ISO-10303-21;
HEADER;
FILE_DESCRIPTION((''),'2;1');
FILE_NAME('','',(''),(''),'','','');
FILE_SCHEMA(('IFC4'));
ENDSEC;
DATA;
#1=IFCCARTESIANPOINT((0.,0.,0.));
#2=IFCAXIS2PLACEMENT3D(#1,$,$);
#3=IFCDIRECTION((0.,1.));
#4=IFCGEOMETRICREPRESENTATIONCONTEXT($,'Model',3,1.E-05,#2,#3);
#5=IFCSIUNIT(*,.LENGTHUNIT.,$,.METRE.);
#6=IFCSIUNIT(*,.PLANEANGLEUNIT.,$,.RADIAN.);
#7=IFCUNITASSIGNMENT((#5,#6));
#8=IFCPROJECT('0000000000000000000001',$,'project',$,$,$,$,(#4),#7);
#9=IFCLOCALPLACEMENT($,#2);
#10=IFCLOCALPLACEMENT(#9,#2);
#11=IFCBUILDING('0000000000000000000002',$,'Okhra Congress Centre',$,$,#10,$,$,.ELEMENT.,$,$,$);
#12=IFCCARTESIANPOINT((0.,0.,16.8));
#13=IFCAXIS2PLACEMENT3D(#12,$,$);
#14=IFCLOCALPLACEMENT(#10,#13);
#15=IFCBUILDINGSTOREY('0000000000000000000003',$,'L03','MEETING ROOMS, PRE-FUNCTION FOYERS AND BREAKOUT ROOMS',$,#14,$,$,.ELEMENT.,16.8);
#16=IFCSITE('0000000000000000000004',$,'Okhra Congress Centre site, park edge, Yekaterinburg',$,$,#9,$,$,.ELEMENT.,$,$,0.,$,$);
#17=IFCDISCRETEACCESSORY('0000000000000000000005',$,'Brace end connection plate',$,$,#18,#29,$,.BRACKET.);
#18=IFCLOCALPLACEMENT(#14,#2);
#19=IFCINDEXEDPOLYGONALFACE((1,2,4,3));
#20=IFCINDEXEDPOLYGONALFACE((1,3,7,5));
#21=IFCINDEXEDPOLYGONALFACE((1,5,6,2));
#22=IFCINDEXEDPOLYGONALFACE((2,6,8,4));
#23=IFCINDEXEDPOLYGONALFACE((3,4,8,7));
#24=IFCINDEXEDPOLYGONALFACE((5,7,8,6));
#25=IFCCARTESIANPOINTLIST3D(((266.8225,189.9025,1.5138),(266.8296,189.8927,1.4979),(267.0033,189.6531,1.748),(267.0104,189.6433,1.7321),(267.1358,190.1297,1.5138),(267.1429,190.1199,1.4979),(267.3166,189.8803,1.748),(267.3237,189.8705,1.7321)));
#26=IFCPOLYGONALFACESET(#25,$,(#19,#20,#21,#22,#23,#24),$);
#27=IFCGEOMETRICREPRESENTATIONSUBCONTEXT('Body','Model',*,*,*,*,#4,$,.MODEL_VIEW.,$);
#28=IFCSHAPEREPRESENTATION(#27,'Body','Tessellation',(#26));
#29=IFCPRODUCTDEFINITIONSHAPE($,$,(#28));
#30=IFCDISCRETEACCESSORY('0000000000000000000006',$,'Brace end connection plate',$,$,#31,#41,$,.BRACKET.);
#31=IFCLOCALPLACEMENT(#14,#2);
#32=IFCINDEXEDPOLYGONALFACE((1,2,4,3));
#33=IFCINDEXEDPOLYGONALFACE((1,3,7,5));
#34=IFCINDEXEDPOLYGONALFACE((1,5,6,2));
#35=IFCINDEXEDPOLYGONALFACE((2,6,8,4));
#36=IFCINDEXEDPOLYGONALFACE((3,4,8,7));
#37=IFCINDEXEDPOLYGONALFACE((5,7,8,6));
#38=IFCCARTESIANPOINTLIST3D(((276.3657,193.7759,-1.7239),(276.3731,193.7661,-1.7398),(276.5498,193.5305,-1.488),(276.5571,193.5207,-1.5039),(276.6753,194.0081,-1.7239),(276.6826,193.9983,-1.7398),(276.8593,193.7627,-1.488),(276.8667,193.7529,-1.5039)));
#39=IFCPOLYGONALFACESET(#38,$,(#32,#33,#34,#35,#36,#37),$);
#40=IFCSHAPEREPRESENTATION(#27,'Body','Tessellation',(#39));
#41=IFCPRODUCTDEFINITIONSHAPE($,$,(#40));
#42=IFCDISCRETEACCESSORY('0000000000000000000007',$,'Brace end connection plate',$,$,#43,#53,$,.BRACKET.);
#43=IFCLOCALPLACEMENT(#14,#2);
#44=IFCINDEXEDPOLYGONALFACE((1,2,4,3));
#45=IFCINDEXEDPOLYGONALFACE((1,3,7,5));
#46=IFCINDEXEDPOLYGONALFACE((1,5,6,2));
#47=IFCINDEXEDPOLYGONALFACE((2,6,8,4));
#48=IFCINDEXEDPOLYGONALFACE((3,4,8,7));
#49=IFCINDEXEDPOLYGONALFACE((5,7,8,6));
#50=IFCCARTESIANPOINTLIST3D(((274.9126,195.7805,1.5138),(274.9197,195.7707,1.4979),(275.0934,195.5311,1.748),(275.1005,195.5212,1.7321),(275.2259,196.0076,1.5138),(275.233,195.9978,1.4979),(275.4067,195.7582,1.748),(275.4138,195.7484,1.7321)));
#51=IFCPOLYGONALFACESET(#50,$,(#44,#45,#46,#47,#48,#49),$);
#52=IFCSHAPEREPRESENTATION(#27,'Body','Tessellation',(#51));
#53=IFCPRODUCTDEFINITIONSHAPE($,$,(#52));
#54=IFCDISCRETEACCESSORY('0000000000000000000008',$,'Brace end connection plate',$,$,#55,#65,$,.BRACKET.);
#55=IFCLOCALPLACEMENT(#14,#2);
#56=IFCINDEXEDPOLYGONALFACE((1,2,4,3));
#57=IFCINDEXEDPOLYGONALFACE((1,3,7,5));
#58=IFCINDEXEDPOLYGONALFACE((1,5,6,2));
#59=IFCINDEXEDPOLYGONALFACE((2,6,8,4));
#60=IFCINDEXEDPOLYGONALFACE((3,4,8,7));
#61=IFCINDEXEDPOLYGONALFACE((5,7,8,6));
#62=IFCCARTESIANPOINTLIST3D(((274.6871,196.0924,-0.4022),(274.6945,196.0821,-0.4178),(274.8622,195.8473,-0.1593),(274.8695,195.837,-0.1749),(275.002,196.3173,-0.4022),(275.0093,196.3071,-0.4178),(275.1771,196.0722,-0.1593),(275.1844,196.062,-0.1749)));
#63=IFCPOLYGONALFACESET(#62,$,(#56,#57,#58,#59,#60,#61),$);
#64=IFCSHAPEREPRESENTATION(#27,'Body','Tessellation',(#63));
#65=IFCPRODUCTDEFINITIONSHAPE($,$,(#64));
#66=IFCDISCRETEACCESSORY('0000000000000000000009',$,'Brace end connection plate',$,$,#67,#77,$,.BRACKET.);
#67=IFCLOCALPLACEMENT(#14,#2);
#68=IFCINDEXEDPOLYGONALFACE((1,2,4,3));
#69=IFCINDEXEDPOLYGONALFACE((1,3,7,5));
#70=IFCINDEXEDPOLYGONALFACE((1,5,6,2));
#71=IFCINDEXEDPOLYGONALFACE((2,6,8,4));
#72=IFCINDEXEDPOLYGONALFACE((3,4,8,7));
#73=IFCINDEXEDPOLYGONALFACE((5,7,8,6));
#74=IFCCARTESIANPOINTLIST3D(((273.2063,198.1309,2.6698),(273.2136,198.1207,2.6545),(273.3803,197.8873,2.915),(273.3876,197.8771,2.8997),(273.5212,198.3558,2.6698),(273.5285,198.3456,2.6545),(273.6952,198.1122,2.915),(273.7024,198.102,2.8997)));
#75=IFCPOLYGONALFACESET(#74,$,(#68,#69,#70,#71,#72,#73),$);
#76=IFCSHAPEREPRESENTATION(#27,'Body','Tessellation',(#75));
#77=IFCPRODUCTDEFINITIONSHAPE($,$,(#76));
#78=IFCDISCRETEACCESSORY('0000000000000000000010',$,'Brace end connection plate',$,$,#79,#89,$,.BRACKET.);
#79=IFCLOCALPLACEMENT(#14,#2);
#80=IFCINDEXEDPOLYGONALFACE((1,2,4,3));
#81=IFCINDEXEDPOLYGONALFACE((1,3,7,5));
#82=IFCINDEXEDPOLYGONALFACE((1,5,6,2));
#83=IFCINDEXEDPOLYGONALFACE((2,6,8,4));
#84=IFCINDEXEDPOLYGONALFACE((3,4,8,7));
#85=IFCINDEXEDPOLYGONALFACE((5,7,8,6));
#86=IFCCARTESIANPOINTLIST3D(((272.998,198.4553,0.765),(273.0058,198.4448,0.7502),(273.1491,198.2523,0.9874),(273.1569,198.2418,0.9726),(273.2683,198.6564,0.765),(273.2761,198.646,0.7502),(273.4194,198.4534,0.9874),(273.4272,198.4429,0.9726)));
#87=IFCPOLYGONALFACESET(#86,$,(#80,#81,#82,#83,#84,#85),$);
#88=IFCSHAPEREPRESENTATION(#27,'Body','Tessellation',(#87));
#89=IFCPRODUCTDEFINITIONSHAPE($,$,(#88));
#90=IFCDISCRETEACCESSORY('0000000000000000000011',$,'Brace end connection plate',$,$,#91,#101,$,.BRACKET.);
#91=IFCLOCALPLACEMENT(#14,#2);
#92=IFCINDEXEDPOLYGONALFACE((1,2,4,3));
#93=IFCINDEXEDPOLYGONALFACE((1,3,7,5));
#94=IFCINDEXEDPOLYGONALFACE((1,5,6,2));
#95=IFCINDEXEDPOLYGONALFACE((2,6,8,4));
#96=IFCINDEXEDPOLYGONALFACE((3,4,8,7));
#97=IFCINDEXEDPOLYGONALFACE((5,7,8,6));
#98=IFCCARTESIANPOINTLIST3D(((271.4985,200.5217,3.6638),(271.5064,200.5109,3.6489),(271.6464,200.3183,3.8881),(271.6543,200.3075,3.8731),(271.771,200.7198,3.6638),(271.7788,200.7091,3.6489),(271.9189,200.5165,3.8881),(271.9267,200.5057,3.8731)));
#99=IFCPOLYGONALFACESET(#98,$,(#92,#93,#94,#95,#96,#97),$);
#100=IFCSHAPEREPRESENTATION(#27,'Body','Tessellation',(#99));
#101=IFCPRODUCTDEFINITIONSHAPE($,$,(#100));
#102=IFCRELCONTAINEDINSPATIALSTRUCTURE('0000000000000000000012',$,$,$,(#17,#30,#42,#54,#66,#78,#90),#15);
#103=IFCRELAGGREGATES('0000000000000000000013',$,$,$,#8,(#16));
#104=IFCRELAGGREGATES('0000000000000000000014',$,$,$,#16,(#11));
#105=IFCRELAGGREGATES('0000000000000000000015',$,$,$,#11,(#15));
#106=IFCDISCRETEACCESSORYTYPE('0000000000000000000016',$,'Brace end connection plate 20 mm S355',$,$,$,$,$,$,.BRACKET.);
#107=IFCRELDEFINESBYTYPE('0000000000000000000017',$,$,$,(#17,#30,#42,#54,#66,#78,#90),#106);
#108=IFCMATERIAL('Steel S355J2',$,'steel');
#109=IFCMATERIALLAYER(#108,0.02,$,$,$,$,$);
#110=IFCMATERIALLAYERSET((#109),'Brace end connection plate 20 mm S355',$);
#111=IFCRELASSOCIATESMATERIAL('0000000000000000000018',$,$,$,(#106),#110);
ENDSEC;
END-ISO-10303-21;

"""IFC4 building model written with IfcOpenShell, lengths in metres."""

from ifc_helpers import new_model, si_unit, direction, frame, origin, origin_2d, place, context, subcontext, project, spatial, rectangle, extrude, material, layer, layer_set, type_object, element, save


model = new_model("IFC4")

# Units and contexts
model_context = context("Model", 3, precision=1e-05, world=origin(), true_north=direction((0.0, 1.0)))
body_context = subcontext(model_context, "Body", "Model", "MODEL_VIEW")
ifc_project = project(units=[si_unit("LENGTHUNIT", "METRE"), si_unit("PLANEANGLEUNIT", "RADIAN")], contexts=[model_context])

# Site, building, storey
site_placement = place(None, origin())
site = spatial("IfcSite", under=ifc_project, at=site_placement, Name="Okhra Congress Centre site, park edge, Yekaterinburg", CompositionType="ELEMENT", RefElevation=0.0)
building_placement = place(site_placement, origin())
building = spatial("IfcBuilding", under=site, at=building_placement, Name="Okhra Congress Centre", CompositionType="ELEMENT")
storey_placement = place(building_placement, frame((0.0, 0.0, 16.8)))
storey = spatial("IfcBuildingStorey", under=building, at=storey_placement, Name="L03", Description="MEETING ROOMS, PRE-FUNCTION FOYERS AND BREAKOUT ROOMS", CompositionType="ELEMENT", Elevation=16.8)

# Shared definitions
ifc_material_1 = material(Name="Steel S355J2", Category="steel")

# Discrete accessories
ifc_layer_1 = layer(ifc_material_1, 0.02)
ifc_layer_set_1 = layer_set([ifc_layer_1], Name="Brace end connection plate 20 mm S355")
discrete_accessory_type = type_object("IfcDiscreteAccessoryType", Name="Brace end connection plate 20 mm S355", PredefinedType="BRACKET", material=ifc_layer_set_1)
for number, where, z_axis, x_axis, name in (
    (1, (267.0767, 189.8816, 1.615), (-0.355194, 0.489922, 0.796124), (-0.80961, -0.586968, 0.0), "Brace end connection plate"),
    (2, (276.6125, 193.7693, -1.606), (0.365826, -0.487769, -0.792624), (0.8, 0.6, 0.0), "Brace end connection plate"),
    (3, (275.1667, 195.7595, 1.615), (-0.355194, 0.489922, 0.796124), (-0.80961, -0.586968, 0.0), "Brace end connection plate"),
    (4, (274.9321, 196.0823, -0.2808), (0.364878, -0.510829, -0.778407), (0.813733, 0.581238, 0.0), "Brace end connection plate"),
):
    element("IfcDiscreteAccessory", number, at=place(storey_placement, frame(where, z_axis=z_axis, x_axis=x_axis)), inside=storey, type_object=discrete_accessory_type, Name=name, PredefinedType="BRACKET", context=body_context, shape_type="SweptSolid", body=[
        extrude(rectangle(XDim=0.387, YDim=0.387, at=origin_2d()), origin(), (0.0, 0.0, 1.0), 0.02),
    ])
discrete_accessory_1_placement = place(storey_placement, frame((273.458, 198.1113, 2.7771), z_axis=(-0.368355, 0.515697, 0.773545), x_axis=(-0.813733, -0.581238, 0.0)))
element("IfcDiscreteAccessory", 5, at=discrete_accessory_1_placement, inside=storey, type_object=discrete_accessory_type, Name="Brace end connection plate", PredefinedType="BRACKET", context=body_context, shape_type="SweptSolid", body=[
    extrude(rectangle(XDim=0.387, YDim=0.387, at=origin_2d()), origin(), (0.0, 0.0, 1.0), 0.0198),
])
discrete_accessory_2_placement = place(storey_placement, frame((273.2087, 198.4543, 0.8762), z_axis=(0.394072, -0.529534, -0.7512), x_axis=(0.802233, 0.597011, 0.0)))
element("IfcDiscreteAccessory", 6, at=discrete_accessory_2_placement, inside=storey, type_object=discrete_accessory_type, Name="Brace end connection plate", PredefinedType="BRACKET", context=body_context, shape_type="SweptSolid", body=[
    extrude(rectangle(XDim=0.3369, YDim=0.3369, at=origin_2d()), origin(), (0.0, 0.0, 1.0), 0.0198),
])
discrete_accessory_3_placement = place(storey_placement, frame((271.7166, 200.5083, 3.761), z_axis=(-0.391498, 0.538309, 0.746293), x_axis=(-0.808736, -0.588172, 0.0)))
element("IfcDiscreteAccessory", 7, at=discrete_accessory_3_placement, inside=storey, type_object=discrete_accessory_type, Name="Brace end connection plate", PredefinedType="BRACKET", context=body_context, shape_type="SweptSolid", body=[
    extrude(rectangle(XDim=0.3369, YDim=0.3369, at=origin_2d()), origin(), (0.0, 0.0, 1.0), 0.02),
])

save(model, "model.ifc")
